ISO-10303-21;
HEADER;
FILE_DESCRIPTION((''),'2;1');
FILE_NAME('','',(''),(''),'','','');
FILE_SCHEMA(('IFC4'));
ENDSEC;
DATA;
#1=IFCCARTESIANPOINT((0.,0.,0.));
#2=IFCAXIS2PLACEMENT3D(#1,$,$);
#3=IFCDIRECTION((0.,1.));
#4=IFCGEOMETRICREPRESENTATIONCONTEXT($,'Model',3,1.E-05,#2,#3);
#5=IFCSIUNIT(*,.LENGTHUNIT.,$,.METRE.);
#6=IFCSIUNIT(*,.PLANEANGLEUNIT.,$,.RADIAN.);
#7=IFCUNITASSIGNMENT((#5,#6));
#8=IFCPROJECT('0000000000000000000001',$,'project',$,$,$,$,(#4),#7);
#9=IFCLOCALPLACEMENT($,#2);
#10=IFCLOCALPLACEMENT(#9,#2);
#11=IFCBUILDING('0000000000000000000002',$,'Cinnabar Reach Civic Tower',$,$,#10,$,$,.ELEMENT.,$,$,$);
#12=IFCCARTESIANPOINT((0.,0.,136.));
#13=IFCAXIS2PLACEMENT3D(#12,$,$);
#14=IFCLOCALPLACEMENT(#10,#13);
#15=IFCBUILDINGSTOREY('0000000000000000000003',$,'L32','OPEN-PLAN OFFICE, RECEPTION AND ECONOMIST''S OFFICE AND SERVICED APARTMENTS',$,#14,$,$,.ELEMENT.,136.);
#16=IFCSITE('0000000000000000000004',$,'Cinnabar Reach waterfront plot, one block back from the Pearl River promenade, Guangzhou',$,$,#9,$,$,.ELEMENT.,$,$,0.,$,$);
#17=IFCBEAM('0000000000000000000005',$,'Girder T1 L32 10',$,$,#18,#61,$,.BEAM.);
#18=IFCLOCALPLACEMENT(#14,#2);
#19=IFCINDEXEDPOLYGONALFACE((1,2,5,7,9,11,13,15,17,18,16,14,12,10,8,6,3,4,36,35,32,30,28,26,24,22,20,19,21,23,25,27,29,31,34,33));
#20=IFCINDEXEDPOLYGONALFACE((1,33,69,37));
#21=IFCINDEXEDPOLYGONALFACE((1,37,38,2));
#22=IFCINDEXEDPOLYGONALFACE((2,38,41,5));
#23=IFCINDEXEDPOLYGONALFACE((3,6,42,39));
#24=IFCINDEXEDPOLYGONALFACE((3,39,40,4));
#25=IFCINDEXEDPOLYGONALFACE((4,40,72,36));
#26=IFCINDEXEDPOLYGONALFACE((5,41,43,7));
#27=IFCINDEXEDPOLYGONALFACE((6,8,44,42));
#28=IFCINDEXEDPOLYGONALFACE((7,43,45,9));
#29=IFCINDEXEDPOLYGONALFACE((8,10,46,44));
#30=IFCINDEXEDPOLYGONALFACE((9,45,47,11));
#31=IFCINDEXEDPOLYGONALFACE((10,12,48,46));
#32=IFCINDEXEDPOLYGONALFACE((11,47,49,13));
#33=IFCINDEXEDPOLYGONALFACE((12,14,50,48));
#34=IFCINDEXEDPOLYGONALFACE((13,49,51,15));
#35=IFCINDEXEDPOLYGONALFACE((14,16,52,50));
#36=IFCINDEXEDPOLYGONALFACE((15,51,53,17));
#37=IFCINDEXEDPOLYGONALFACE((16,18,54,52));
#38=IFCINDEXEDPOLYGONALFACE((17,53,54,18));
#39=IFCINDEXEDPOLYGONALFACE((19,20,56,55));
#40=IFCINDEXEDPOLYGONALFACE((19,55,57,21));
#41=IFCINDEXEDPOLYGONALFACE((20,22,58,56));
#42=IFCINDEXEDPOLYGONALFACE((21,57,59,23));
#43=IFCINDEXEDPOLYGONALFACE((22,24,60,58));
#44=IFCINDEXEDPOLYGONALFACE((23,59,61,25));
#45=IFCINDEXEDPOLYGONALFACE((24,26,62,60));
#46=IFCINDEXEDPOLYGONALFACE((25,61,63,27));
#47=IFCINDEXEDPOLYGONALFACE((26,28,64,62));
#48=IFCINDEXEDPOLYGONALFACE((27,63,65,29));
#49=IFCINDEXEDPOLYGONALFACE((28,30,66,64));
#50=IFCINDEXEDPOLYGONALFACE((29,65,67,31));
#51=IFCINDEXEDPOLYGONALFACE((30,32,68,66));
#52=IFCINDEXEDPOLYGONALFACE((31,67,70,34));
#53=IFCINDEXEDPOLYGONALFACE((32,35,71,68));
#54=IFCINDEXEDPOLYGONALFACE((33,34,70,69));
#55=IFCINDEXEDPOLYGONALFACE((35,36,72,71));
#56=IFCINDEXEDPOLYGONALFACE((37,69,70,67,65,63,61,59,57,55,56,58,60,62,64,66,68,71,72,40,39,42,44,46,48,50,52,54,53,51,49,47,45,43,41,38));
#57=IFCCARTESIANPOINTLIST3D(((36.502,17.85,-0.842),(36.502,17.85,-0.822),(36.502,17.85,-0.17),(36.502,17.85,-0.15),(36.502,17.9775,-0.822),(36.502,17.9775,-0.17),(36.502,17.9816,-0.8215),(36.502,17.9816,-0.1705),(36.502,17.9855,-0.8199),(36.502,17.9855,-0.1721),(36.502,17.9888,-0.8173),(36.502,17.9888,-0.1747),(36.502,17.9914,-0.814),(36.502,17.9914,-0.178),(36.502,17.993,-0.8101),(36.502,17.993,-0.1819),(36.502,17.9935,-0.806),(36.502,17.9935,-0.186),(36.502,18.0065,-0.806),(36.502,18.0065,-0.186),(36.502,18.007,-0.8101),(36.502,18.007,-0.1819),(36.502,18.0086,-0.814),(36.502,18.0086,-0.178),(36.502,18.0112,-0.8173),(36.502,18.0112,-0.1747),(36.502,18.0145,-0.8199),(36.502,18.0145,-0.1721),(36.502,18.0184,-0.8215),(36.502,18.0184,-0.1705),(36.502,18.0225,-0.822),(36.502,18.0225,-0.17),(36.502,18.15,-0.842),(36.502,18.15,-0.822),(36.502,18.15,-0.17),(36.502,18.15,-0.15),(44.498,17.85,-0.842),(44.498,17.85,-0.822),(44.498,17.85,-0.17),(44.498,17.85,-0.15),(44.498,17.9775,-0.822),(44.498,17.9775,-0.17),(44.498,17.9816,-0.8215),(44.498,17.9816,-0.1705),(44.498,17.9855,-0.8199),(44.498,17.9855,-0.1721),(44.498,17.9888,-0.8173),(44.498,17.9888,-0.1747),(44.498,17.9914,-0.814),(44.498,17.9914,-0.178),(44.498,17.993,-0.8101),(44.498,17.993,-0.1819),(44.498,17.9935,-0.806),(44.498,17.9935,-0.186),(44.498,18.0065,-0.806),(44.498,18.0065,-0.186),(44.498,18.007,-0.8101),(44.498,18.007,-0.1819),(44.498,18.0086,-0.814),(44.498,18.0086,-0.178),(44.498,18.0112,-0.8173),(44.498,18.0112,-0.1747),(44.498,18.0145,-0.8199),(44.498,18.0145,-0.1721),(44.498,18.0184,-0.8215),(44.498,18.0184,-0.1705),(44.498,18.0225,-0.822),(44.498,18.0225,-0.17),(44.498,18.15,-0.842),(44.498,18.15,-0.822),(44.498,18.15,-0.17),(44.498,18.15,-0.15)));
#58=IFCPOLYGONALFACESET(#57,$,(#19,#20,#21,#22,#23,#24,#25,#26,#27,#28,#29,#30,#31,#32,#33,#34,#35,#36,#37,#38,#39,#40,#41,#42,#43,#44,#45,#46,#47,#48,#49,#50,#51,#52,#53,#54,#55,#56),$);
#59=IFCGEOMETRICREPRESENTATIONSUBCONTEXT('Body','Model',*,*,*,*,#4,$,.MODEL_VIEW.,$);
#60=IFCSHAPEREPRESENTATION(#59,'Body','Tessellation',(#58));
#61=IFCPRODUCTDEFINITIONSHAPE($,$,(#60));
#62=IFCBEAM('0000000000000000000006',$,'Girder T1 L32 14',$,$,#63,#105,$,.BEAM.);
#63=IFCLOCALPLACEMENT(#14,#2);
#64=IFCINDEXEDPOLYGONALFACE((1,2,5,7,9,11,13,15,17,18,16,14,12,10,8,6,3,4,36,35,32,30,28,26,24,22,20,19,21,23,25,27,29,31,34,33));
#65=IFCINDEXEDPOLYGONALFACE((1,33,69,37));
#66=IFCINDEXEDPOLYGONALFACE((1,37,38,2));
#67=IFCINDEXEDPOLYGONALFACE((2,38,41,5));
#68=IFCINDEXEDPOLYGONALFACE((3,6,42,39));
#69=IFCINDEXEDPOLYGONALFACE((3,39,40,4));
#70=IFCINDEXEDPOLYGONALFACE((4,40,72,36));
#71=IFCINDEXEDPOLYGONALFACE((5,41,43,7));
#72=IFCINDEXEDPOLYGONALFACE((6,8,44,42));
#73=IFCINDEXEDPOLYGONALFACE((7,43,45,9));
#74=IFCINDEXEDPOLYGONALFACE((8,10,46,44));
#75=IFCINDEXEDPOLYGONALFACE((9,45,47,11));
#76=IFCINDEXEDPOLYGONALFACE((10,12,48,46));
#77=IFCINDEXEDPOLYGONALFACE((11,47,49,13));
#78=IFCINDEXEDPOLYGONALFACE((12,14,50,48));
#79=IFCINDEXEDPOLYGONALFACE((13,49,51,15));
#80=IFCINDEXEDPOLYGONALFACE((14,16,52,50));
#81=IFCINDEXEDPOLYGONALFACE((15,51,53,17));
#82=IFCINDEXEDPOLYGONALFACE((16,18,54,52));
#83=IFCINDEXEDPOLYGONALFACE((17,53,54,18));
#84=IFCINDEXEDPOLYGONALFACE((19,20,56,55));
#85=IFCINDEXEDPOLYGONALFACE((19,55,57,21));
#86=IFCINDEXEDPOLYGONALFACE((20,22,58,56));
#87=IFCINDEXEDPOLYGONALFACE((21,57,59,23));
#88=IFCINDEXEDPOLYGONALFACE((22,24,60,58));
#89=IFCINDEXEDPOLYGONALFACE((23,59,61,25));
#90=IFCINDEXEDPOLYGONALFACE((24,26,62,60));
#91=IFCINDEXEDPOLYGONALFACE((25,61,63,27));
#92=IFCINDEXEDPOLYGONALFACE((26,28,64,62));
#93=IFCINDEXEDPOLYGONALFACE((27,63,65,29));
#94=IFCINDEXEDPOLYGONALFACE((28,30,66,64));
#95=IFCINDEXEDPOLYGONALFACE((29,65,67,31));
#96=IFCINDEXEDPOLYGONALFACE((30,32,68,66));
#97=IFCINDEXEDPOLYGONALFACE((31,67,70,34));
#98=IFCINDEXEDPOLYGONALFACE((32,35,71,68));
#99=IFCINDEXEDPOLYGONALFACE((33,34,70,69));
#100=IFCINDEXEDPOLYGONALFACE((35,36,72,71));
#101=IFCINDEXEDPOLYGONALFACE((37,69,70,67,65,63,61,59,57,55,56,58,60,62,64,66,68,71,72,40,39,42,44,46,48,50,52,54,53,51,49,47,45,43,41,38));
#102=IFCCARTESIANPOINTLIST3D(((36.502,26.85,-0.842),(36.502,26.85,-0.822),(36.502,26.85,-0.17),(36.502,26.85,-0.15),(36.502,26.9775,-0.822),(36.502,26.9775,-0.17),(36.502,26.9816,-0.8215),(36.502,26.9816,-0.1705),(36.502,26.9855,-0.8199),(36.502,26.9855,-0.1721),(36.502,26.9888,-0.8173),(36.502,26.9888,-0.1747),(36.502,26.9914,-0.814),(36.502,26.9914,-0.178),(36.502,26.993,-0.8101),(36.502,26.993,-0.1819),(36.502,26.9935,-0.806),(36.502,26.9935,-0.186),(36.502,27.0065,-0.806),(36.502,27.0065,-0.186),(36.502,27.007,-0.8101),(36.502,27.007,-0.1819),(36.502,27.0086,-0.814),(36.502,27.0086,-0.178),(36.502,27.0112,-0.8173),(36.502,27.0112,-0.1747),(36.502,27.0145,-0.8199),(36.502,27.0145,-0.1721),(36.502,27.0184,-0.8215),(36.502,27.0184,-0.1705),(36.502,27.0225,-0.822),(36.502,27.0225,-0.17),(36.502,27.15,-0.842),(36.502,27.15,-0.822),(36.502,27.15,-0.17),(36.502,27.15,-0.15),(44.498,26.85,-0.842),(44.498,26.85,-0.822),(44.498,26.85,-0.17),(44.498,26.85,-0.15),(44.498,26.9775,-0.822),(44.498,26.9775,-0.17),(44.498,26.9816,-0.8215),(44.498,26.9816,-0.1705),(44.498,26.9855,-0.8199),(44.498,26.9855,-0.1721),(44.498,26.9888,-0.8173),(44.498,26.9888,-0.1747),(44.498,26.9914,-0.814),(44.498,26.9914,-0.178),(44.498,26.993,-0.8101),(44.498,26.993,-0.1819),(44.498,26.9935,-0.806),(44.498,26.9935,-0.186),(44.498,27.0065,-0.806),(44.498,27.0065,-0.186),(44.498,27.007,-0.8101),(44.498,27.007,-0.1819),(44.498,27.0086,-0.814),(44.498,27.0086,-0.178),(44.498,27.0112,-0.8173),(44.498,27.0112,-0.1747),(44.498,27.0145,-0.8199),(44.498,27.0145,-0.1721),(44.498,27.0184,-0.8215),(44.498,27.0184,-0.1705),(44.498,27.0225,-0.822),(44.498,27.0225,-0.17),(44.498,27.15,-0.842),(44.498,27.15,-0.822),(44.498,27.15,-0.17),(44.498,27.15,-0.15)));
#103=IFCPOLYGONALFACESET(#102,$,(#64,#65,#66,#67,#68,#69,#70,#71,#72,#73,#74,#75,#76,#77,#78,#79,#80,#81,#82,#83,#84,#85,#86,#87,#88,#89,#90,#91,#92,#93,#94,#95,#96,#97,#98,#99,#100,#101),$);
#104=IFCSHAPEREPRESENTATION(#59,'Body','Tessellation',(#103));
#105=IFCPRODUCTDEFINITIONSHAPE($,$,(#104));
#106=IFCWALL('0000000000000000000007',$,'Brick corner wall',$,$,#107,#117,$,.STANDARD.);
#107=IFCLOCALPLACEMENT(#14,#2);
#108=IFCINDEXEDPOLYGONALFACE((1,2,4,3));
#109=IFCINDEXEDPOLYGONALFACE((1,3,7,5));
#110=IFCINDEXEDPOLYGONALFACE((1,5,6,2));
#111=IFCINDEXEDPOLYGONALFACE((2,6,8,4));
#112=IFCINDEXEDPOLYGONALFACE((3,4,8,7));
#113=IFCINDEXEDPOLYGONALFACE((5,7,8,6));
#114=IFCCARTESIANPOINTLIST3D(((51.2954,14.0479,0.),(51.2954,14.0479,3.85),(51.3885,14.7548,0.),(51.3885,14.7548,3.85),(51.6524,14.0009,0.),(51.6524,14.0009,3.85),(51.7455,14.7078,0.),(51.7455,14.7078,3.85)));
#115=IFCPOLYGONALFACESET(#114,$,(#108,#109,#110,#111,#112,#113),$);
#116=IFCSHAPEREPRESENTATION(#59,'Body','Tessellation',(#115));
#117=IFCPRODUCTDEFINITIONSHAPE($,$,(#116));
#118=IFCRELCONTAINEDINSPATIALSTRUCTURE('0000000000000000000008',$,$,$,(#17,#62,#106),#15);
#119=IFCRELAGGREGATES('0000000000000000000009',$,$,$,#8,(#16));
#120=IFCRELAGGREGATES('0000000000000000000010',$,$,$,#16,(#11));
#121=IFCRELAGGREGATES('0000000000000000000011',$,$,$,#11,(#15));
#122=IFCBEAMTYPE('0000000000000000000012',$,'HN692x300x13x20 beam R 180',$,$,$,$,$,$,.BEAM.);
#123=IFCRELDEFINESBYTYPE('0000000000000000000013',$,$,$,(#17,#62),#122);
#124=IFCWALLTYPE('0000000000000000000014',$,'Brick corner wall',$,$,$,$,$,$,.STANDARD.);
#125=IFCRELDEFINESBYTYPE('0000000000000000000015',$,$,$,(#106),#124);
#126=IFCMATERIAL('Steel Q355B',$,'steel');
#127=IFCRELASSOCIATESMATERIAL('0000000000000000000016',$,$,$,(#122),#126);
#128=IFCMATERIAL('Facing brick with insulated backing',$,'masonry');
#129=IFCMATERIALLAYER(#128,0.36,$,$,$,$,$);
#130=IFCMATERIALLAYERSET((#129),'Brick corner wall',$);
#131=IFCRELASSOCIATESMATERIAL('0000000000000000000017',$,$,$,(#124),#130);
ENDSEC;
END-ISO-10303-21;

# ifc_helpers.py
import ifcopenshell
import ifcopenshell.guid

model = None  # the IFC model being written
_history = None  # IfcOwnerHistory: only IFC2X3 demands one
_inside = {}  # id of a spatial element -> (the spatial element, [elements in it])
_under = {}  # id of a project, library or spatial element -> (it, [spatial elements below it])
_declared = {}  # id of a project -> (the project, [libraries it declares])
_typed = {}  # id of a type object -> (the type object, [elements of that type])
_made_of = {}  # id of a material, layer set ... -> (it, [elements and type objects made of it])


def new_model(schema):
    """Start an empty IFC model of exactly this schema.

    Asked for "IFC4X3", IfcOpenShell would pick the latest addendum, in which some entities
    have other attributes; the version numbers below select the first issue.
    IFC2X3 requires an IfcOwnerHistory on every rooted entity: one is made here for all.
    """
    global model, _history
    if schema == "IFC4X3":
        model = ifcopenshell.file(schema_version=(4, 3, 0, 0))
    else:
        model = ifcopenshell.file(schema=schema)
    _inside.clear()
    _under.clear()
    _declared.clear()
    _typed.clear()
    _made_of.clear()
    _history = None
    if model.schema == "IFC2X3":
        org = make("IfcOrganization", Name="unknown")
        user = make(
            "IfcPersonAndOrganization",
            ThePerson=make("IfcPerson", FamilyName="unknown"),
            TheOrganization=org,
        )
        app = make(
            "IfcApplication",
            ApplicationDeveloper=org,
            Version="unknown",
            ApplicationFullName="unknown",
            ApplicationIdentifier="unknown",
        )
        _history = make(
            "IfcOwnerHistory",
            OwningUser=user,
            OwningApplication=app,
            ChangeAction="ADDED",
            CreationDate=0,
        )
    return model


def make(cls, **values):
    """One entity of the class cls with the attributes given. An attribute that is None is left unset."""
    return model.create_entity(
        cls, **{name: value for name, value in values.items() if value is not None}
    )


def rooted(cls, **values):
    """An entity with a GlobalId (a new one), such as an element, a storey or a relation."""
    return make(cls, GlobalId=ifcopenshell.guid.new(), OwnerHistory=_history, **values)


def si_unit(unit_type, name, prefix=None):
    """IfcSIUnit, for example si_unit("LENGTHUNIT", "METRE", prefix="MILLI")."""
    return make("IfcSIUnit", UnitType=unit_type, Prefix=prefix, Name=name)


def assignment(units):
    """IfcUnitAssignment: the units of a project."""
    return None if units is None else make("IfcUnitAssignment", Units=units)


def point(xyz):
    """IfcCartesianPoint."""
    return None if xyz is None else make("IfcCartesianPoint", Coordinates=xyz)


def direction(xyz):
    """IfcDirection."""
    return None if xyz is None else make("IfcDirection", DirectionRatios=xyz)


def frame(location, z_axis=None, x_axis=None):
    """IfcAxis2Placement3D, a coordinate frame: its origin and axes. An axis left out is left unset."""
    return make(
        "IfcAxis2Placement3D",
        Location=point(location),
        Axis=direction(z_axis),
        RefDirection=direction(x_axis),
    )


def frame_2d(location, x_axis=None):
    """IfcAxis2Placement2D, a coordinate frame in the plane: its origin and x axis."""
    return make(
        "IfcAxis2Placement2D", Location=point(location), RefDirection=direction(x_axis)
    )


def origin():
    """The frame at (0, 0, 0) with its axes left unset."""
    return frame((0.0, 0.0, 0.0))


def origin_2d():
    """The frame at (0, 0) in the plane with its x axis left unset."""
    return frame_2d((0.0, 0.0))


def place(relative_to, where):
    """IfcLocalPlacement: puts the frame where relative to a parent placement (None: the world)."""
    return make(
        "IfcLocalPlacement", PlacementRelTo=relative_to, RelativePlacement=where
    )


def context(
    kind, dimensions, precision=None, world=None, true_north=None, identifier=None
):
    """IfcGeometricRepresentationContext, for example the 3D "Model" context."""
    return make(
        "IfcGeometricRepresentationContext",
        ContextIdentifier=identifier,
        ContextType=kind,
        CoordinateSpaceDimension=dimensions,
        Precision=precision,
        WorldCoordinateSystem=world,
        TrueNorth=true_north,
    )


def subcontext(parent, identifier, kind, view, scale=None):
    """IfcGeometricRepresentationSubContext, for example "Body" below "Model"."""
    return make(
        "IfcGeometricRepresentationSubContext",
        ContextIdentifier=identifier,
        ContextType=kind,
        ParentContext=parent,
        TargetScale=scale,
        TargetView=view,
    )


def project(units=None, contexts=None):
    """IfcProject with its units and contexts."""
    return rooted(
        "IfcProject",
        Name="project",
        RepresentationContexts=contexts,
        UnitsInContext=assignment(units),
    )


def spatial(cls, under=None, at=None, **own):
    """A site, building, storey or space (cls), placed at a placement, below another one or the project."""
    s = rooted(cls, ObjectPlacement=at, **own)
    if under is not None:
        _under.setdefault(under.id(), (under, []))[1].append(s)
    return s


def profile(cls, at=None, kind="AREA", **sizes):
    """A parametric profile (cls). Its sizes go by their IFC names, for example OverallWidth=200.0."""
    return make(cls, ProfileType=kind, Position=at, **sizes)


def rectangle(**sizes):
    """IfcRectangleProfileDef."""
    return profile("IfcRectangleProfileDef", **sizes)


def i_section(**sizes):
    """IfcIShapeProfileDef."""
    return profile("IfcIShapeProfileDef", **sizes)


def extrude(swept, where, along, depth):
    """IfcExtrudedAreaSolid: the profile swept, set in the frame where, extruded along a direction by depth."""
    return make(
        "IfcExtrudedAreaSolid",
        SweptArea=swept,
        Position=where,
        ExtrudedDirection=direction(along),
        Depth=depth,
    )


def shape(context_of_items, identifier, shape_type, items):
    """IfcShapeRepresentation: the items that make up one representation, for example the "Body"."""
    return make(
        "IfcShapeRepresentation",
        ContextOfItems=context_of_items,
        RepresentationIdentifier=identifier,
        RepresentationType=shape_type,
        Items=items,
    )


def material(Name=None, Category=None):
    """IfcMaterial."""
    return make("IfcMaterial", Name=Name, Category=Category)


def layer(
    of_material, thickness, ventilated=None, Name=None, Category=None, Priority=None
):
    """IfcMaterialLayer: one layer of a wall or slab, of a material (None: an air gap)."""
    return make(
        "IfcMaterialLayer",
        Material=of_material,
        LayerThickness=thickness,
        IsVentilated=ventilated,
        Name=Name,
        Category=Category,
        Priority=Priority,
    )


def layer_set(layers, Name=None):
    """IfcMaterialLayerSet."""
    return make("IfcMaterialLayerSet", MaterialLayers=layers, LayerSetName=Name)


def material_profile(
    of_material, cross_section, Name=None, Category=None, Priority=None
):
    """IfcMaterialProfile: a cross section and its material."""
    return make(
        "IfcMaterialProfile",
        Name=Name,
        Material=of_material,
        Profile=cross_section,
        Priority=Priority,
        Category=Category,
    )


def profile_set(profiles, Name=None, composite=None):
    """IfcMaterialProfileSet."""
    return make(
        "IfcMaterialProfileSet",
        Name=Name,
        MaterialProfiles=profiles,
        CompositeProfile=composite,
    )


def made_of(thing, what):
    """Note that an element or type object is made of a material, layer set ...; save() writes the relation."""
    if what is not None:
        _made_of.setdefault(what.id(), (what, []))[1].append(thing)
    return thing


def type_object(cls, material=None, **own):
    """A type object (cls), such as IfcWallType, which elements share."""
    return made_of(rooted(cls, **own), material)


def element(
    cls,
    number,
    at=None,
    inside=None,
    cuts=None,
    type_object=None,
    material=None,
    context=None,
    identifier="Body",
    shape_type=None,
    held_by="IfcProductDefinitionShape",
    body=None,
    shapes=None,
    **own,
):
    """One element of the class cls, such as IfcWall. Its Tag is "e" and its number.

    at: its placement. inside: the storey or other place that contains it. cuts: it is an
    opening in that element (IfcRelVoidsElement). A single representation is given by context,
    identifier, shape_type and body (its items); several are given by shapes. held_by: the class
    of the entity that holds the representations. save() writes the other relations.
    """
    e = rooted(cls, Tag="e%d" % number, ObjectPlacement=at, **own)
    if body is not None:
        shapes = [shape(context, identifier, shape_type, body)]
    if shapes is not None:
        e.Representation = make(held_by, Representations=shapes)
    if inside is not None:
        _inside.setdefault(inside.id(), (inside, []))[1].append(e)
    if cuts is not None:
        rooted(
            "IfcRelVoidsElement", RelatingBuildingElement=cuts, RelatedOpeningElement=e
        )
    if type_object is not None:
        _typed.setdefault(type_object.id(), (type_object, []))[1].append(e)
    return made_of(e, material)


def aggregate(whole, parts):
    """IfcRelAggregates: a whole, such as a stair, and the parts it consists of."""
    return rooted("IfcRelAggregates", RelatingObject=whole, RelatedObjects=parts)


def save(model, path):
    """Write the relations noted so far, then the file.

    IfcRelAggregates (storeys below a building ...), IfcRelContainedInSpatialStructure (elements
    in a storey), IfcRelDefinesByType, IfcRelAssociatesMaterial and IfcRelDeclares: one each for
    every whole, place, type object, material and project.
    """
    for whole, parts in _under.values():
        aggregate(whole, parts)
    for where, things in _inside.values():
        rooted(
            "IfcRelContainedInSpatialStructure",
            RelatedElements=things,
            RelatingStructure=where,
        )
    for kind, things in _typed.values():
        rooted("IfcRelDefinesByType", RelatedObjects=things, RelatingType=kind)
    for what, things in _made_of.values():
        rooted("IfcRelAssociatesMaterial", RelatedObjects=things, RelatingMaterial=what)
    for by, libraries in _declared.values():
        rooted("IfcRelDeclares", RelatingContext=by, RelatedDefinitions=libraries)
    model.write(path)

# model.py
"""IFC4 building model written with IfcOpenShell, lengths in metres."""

from ifc_helpers import new_model, si_unit, direction, frame, frame_2d, origin, origin_2d, place, context, subcontext, project, spatial, rectangle, i_section, extrude, material, layer, layer_set, material_profile, profile_set, type_object, element, save


model = new_model("IFC4")

# Units and contexts
model_context = context("Model", 3, precision=1e-05, world=origin(), true_north=direction((0.0, 1.0)))
body_context = subcontext(model_context, "Body", "Model", "MODEL_VIEW")
ifc_project = project(units=[si_unit("LENGTHUNIT", "METRE"), si_unit("PLANEANGLEUNIT", "RADIAN")], contexts=[model_context])

# Site, building, storey
site_placement = place(None, origin())
site = spatial("IfcSite", under=ifc_project, at=site_placement, Name="Cinnabar Reach waterfront plot, one block back from the Pearl River promenade, Guangzhou", CompositionType="ELEMENT", RefElevation=0.0)
building_placement = place(site_placement, origin())
building = spatial("IfcBuilding", under=site, at=building_placement, Name="Cinnabar Reach Civic Tower", CompositionType="ELEMENT")
storey_placement = place(building_placement, frame((0.0, 0.0, 136.0)))
storey = spatial("IfcBuildingStorey", under=building, at=storey_placement, Name="L32", Description="OPEN-PLAN OFFICE, RECEPTION AND ECONOMIST'S OFFICE AND SERVICED APARTMENTS", CompositionType="ELEMENT", Elevation=136.0)

# Beams
ifc_material_1 = material(Name="Steel Q355B", Category="steel")
ifc_material_profile_1 = material_profile(ifc_material_1, i_section(OverallWidth=0.3, OverallDepth=0.692, WebThickness=0.013, FlangeThickness=0.02, FilletRadius=0.016, at=origin_2d()), Name="HN692x300x13x20")
ifc_profile_set_1 = profile_set([ifc_material_profile_1], Name="Steel Q355B")
beam_type_1 = type_object("IfcBeamType", Name="HN692x300x13x20 beam R 180", PredefinedType="BEAM", material=ifc_profile_set_1)
for number, where, z_axis, x_axis, name in (
    (1, (36.502, 18.0, -0.496), (1.0, 0.0, 0.0), (0.0, 1.0, 0.0), "Girder T1 L32 10"),
    (2, (36.502, 27.0, -0.496), (1.0, 0.0, 0.0), (0.0, 1.0, 0.0), "Girder T1 L32 14"),
):
    element("IfcBeam", number, at=place(storey_placement, frame(where, z_axis=z_axis, x_axis=x_axis)), inside=storey, type_object=beam_type_1, Name=name, PredefinedType="BEAM", context=body_context, shape_type="SweptSolid", body=[
        extrude(i_section(OverallWidth=0.3, OverallDepth=0.692, WebThickness=0.013, FlangeThickness=0.02, FilletRadius=0.016, at=origin_2d()), origin(), (0.0, 0.0, 1.0), 7.996),
    ])

# Wall
ifc_material_2 = material(Name="Facing brick with insulated backing", Category="masonry")
ifc_layer_1 = layer(ifc_material_2, 0.36)
ifc_layer_set_1 = layer_set([ifc_layer_1], Name="Brick corner wall")
wall_type_1 = type_object("IfcWallType", Name="Brick corner wall", PredefinedType="STANDARD", material=ifc_layer_set_1)
wall_1_placement = place(storey_placement, frame((51.4739, 14.0244, 0.0), z_axis=(0.0, 0.0, 1.0), x_axis=(0.130556, 0.991441, 0.0)))
element("IfcWall", 3, at=wall_1_placement, inside=storey, type_object=wall_type_1, Name="Brick corner wall", PredefinedType="STANDARD", context=body_context, shape_type="SweptSolid", body=[
    extrude(rectangle(XDim=0.7131, YDim=0.36, at=frame_2d((0.3565, 0.0))), origin(), (0.0, 0.0, 1.0), 3.85),
])

save(model, "model.ifc")
